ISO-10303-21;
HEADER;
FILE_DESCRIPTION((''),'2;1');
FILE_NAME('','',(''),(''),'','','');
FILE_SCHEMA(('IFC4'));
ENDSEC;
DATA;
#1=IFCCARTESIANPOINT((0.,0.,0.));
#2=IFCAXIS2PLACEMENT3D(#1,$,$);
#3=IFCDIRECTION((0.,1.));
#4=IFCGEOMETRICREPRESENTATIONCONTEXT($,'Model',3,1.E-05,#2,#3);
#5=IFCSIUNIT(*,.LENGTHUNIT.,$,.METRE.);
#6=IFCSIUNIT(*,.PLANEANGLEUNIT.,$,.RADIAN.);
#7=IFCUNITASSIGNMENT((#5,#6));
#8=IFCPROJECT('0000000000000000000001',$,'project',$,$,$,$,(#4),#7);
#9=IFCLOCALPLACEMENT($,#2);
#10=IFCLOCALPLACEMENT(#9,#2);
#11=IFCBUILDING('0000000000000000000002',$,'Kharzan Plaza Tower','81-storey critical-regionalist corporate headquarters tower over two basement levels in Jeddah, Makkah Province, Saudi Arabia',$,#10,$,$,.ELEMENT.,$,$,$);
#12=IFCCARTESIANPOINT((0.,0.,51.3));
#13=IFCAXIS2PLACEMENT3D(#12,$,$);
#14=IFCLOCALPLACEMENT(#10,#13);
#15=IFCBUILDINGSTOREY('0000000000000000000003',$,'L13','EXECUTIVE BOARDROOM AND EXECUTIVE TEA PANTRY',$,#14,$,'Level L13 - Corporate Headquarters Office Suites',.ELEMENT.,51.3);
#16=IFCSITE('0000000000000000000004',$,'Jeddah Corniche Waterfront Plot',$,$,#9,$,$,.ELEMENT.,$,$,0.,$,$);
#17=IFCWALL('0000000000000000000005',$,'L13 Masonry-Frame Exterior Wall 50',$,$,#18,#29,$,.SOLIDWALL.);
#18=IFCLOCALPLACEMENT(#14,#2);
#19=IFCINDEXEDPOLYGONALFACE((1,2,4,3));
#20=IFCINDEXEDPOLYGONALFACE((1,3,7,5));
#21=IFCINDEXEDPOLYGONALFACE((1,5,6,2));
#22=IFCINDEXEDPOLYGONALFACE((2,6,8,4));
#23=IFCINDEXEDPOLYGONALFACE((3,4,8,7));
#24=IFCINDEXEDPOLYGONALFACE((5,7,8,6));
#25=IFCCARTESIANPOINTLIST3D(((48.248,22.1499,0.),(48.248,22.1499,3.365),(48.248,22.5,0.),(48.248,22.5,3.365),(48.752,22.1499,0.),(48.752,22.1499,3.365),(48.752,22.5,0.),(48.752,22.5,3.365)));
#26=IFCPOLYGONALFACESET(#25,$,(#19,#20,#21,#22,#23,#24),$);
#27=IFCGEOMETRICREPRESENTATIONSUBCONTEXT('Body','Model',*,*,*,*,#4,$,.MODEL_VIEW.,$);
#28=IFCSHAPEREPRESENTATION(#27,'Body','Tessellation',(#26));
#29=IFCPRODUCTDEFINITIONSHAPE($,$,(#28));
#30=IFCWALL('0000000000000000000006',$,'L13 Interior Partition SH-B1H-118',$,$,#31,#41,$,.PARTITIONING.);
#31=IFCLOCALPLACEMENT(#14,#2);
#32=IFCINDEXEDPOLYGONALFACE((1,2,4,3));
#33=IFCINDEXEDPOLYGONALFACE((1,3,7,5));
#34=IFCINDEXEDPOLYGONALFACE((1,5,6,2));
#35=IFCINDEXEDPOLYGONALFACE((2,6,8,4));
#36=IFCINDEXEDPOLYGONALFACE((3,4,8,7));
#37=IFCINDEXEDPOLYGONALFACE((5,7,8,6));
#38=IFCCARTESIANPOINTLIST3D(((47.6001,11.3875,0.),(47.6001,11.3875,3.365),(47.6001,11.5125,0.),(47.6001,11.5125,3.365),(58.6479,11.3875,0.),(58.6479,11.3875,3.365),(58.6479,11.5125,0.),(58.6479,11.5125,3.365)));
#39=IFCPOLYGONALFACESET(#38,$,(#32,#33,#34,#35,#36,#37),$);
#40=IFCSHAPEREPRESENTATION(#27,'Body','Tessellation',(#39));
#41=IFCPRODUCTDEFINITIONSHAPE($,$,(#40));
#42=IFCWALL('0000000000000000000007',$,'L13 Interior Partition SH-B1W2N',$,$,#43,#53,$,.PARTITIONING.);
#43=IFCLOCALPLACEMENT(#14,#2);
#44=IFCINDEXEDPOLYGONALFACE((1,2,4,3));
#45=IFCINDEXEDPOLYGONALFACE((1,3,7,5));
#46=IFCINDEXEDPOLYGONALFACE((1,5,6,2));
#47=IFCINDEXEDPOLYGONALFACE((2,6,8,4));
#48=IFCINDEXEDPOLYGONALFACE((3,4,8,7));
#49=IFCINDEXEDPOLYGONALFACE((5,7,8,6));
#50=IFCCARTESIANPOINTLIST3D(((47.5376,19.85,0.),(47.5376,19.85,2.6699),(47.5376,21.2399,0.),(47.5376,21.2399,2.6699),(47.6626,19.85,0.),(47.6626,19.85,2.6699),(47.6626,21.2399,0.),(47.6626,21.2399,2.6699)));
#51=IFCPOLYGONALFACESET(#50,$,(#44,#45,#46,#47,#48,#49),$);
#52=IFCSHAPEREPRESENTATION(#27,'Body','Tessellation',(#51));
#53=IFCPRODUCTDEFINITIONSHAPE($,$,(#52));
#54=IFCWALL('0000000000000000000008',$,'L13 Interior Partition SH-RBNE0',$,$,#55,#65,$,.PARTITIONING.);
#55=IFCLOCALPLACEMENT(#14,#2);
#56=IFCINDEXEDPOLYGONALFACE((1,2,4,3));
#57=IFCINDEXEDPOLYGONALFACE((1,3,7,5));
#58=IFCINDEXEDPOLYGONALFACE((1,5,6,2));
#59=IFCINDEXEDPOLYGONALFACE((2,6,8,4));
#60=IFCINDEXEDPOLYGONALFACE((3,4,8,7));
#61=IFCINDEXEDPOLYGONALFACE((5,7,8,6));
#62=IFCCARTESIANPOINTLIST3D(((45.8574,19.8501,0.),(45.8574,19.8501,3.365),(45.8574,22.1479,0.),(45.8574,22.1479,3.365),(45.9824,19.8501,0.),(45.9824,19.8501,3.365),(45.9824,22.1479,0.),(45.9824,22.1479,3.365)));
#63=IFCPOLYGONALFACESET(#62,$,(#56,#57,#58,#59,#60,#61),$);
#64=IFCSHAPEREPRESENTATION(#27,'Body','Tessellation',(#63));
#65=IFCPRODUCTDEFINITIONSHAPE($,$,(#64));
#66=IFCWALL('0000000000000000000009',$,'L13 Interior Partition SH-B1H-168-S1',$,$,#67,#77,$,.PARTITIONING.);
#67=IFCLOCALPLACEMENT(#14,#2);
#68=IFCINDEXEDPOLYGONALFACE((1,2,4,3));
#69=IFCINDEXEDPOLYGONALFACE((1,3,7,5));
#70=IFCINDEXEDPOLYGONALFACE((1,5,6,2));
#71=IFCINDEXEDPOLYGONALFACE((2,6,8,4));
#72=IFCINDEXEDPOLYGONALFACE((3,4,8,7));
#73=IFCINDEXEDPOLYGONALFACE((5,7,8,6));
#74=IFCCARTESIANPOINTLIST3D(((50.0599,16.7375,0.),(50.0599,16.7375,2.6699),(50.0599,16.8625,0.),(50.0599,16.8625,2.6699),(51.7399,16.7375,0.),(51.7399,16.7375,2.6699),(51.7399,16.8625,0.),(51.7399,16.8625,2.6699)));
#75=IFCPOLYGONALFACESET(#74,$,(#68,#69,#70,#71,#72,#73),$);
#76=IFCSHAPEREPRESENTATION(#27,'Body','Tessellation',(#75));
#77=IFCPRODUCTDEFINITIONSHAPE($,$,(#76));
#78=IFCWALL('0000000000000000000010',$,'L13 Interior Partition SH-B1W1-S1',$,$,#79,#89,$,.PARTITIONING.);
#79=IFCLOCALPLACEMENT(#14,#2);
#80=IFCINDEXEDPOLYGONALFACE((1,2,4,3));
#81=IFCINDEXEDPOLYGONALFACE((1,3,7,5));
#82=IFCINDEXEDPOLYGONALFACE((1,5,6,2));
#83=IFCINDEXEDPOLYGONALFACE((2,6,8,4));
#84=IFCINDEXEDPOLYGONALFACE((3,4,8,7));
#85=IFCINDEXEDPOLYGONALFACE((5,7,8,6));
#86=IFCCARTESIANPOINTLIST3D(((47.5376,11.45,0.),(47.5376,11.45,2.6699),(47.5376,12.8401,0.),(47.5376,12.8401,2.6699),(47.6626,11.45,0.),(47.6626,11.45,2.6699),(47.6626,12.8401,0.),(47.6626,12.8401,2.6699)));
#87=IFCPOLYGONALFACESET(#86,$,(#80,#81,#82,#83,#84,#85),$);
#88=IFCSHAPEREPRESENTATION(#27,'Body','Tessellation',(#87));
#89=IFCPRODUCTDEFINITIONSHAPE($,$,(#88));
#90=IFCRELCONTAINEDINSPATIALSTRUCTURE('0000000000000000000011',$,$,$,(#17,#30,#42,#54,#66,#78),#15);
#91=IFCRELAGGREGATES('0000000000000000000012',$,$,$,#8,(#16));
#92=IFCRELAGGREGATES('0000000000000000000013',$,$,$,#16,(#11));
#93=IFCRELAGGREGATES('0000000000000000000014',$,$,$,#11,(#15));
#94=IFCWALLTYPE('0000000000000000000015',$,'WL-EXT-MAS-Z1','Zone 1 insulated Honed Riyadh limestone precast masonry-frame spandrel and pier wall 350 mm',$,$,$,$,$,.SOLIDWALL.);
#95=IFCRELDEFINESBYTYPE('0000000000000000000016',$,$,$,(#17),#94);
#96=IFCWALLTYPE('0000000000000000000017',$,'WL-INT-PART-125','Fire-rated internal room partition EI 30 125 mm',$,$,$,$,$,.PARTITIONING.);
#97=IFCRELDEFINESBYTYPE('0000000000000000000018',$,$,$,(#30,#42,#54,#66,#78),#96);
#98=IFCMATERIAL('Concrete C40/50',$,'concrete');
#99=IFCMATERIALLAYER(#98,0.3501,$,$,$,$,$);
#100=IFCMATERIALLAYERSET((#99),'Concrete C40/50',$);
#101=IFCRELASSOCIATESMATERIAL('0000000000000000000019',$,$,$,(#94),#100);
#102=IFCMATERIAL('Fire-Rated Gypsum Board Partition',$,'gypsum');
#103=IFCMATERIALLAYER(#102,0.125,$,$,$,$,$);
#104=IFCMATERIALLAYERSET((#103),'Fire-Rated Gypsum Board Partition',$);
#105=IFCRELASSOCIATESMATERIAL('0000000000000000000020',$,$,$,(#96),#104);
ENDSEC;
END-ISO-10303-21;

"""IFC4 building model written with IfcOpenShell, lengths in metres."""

from ifc_helpers import new_model, si_unit, direction, frame, frame_2d, origin, place, context, subcontext, project, spatial, rectangle, extrude, source, transform, mapped, material, layer, layer_set, type_object, element, save


model = new_model("IFC4")

# Units and contexts
model_context = context("Model", 3, precision=1e-05, world=origin(), true_north=direction((0.0, 1.0)))
body_context = subcontext(model_context, "Body", "Model", "MODEL_VIEW")
ifc_project = project(units=[si_unit("LENGTHUNIT", "METRE"), si_unit("PLANEANGLEUNIT", "RADIAN")], contexts=[model_context])

# Site, building, storey
site_placement = place(None, origin())
site = spatial("IfcSite", under=ifc_project, at=site_placement, Name="Jeddah Corniche Waterfront Plot", CompositionType="ELEMENT", RefElevation=0.0)
building_placement = place(site_placement, origin())
building = spatial("IfcBuilding", under=site, at=building_placement, Name="Kharzan Plaza Tower", Description="81-storey critical-regionalist corporate headquarters tower over two basement levels in Jeddah, Makkah Province, Saudi Arabia", CompositionType="ELEMENT")
storey_placement = place(building_placement, frame((0.0, 0.0, 51.3)))
storey = spatial("IfcBuildingStorey", under=building, at=storey_placement, Name="L13", Description="EXECUTIVE BOARDROOM AND EXECUTIVE TEA PANTRY", LongName="Level L13 - Corporate Headquarters Office Suites", CompositionType="ELEMENT", Elevation=51.3)

# Shared definitions
ifc_material_1 = material(Name="Concrete C40/50", Category="concrete")
ifc_layer_1 = layer(ifc_material_1, 0.3501)
ifc_layer_set_1 = layer_set([ifc_layer_1], Name="Concrete C40/50")
wall_type_1 = type_object("IfcWallType", Name="WL-EXT-MAS-Z1", Description="Zone 1 insulated Honed Riyadh limestone precast masonry-frame spandrel and pier wall 350 mm", PredefinedType="SOLIDWALL", material=ifc_layer_set_1)

# Shared definitions
ifc_material_2 = material(Name="Fire-Rated Gypsum Board Partition", Category="gypsum")
ifc_layer_2 = layer(ifc_material_2, 0.125)
ifc_layer_set_2 = layer_set([ifc_layer_2], Name="Fire-Rated Gypsum Board Partition")
wall_type_2 = type_object("IfcWallType", Name="WL-INT-PART-125", Description="Fire-rated internal room partition EI 30 125 mm", PredefinedType="PARTITIONING", material=ifc_layer_set_2)

# Walls
shared_shape_1 = source(origin(), body_context, "Body", "SweptSolid", [
    extrude(rectangle(XDim=0.5039, YDim=0.3501, at=frame_2d((0.252, 0.0))), origin(), (0.0, 0.0, 1.0), 3.365),
])
wall_1_placement = place(storey_placement, frame((48.752, 22.325, 0.0), z_axis=(0.0, 0.0, 1.0), x_axis=(-1.0, 0.0, 0.0)))
element("IfcWall", 1, at=wall_1_placement, inside=storey, type_object=wall_type_1, Name="L13 Masonry-Frame Exterior Wall 50", PredefinedType="SOLIDWALL", context=body_context, shape_type="MappedRepresentation", body=[
    mapped(shared_shape_1, transform((0.0, 0.0, 0.0), x_axis=(1.0, 0.0, 0.0), y_axis=(0.0, 1.0, 0.0), z_axis=(0.0, 0.0, 1.0))),
])
shared_shape_2 = source(origin(), body_context, "Body", "SweptSolid", [
    extrude(rectangle(XDim=11.0479, YDim=0.125, at=frame_2d((5.5239, 0.0))), origin(), (0.0, 0.0, 1.0), 3.365),
])
wall_2_placement = place(storey_placement, frame((47.6001, 11.45, 0.0), z_axis=(0.0, 0.0, 1.0), x_axis=(1.0, 0.0, 0.0)))
element("IfcWall", 2, at=wall_2_placement, inside=storey, type_object=wall_type_2, Name="L13 Interior Partition SH-B1H-118", PredefinedType="PARTITIONING", context=body_context, shape_type="MappedRepresentation", body=[
    mapped(shared_shape_2, transform((0.0, 0.0, 0.0), x_axis=(1.0, 0.0, 0.0), y_axis=(0.0, 1.0, 0.0), z_axis=(0.0, 0.0, 1.0))),
])
shared_shape_3 = source(origin(), body_context, "Body", "SweptSolid", [
    extrude(rectangle(XDim=1.3899, YDim=0.125, at=frame_2d((0.6948, 0.0))), origin(), (0.0, 0.0, 1.0), 2.6699),
])
wall_3_placement = place(storey_placement, frame((47.6001, 19.8501, 0.0), z_axis=(0.0, 0.0, 1.0), x_axis=(0.0, 1.0, 0.0)))
element("IfcWall", 3, at=wall_3_placement, inside=storey, type_object=wall_type_2, Name="L13 Interior Partition SH-B1W2N", PredefinedType="PARTITIONING", context=body_context, shape_type="MappedRepresentation", body=[
    mapped(shared_shape_3, transform((0.0, 0.0, 0.0), x_axis=(1.0, 0.0, 0.0), y_axis=(0.0, 1.0, 0.0), z_axis=(0.0, 0.0, 1.0))),
])
shared_shape_4 = source(origin(), body_context, "Body", "SweptSolid", [
    extrude(rectangle(XDim=2.2979, YDim=0.125, at=frame_2d((1.1489, 0.0))), origin(), (0.0, 0.0, 1.0), 3.365),
])
wall_4_placement = place(storey_placement, frame((45.9199, 19.8501, 0.0), z_axis=(0.0, 0.0, 1.0), x_axis=(0.0, 1.0, 0.0)))
element("IfcWall", 4, at=wall_4_placement, inside=storey, type_object=wall_type_2, Name="L13 Interior Partition SH-RBNE0", PredefinedType="PARTITIONING", context=body_context, shape_type="MappedRepresentation", body=[
    mapped(shared_shape_4, transform((0.0, 0.0, 0.0), x_axis=(1.0, 0.0, 0.0), y_axis=(0.0, 1.0, 0.0), z_axis=(0.0, 0.0, 1.0))),
])
shared_shape_5 = source(origin(), body_context, "Body", "SweptSolid", [
    extrude(rectangle(XDim=1.6799, YDim=0.125, at=frame_2d((0.8398, 0.0))), origin(), (0.0, 0.0, 1.0), 2.6699),
])
wall_5_placement = place(storey_placement, frame((50.0601, 16.8, 0.0), z_axis=(0.0, 0.0, 1.0), x_axis=(1.0, 0.0, 0.0)))
element("IfcWall", 5, at=wall_5_placement, inside=storey, type_object=wall_type_2, Name="L13 Interior Partition SH-B1H-168-S1", PredefinedType="PARTITIONING", context=body_context, shape_type="MappedRepresentation", body=[
    mapped(shared_shape_5, transform((0.0, 0.0, 0.0), x_axis=(1.0, 0.0, 0.0), y_axis=(0.0, 1.0, 0.0), z_axis=(0.0, 0.0, 1.0))),
])
shared_shape_6 = source(origin(), body_context, "Body", "SweptSolid", [
    extrude(rectangle(XDim=1.3901, YDim=0.125, at=frame_2d((0.6951, 0.0))), origin(), (0.0, 0.0, 1.0), 2.6699),
])
wall_6_placement = place(storey_placement, frame((47.6001, 11.45, 0.0), z_axis=(0.0, 0.0, 1.0), x_axis=(0.0, 1.0, 0.0)))
element("IfcWall", 6, at=wall_6_placement, inside=storey, type_object=wall_type_2, Name="L13 Interior Partition SH-B1W1-S1", PredefinedType="PARTITIONING", context=body_context, shape_type="MappedRepresentation", body=[
    mapped(shared_shape_6, transform((0.0, 0.0, 0.0), x_axis=(1.0, 0.0, 0.0), y_axis=(0.0, 1.0, 0.0), z_axis=(0.0, 0.0, 1.0))),
])

save(model, "model.ifc")
